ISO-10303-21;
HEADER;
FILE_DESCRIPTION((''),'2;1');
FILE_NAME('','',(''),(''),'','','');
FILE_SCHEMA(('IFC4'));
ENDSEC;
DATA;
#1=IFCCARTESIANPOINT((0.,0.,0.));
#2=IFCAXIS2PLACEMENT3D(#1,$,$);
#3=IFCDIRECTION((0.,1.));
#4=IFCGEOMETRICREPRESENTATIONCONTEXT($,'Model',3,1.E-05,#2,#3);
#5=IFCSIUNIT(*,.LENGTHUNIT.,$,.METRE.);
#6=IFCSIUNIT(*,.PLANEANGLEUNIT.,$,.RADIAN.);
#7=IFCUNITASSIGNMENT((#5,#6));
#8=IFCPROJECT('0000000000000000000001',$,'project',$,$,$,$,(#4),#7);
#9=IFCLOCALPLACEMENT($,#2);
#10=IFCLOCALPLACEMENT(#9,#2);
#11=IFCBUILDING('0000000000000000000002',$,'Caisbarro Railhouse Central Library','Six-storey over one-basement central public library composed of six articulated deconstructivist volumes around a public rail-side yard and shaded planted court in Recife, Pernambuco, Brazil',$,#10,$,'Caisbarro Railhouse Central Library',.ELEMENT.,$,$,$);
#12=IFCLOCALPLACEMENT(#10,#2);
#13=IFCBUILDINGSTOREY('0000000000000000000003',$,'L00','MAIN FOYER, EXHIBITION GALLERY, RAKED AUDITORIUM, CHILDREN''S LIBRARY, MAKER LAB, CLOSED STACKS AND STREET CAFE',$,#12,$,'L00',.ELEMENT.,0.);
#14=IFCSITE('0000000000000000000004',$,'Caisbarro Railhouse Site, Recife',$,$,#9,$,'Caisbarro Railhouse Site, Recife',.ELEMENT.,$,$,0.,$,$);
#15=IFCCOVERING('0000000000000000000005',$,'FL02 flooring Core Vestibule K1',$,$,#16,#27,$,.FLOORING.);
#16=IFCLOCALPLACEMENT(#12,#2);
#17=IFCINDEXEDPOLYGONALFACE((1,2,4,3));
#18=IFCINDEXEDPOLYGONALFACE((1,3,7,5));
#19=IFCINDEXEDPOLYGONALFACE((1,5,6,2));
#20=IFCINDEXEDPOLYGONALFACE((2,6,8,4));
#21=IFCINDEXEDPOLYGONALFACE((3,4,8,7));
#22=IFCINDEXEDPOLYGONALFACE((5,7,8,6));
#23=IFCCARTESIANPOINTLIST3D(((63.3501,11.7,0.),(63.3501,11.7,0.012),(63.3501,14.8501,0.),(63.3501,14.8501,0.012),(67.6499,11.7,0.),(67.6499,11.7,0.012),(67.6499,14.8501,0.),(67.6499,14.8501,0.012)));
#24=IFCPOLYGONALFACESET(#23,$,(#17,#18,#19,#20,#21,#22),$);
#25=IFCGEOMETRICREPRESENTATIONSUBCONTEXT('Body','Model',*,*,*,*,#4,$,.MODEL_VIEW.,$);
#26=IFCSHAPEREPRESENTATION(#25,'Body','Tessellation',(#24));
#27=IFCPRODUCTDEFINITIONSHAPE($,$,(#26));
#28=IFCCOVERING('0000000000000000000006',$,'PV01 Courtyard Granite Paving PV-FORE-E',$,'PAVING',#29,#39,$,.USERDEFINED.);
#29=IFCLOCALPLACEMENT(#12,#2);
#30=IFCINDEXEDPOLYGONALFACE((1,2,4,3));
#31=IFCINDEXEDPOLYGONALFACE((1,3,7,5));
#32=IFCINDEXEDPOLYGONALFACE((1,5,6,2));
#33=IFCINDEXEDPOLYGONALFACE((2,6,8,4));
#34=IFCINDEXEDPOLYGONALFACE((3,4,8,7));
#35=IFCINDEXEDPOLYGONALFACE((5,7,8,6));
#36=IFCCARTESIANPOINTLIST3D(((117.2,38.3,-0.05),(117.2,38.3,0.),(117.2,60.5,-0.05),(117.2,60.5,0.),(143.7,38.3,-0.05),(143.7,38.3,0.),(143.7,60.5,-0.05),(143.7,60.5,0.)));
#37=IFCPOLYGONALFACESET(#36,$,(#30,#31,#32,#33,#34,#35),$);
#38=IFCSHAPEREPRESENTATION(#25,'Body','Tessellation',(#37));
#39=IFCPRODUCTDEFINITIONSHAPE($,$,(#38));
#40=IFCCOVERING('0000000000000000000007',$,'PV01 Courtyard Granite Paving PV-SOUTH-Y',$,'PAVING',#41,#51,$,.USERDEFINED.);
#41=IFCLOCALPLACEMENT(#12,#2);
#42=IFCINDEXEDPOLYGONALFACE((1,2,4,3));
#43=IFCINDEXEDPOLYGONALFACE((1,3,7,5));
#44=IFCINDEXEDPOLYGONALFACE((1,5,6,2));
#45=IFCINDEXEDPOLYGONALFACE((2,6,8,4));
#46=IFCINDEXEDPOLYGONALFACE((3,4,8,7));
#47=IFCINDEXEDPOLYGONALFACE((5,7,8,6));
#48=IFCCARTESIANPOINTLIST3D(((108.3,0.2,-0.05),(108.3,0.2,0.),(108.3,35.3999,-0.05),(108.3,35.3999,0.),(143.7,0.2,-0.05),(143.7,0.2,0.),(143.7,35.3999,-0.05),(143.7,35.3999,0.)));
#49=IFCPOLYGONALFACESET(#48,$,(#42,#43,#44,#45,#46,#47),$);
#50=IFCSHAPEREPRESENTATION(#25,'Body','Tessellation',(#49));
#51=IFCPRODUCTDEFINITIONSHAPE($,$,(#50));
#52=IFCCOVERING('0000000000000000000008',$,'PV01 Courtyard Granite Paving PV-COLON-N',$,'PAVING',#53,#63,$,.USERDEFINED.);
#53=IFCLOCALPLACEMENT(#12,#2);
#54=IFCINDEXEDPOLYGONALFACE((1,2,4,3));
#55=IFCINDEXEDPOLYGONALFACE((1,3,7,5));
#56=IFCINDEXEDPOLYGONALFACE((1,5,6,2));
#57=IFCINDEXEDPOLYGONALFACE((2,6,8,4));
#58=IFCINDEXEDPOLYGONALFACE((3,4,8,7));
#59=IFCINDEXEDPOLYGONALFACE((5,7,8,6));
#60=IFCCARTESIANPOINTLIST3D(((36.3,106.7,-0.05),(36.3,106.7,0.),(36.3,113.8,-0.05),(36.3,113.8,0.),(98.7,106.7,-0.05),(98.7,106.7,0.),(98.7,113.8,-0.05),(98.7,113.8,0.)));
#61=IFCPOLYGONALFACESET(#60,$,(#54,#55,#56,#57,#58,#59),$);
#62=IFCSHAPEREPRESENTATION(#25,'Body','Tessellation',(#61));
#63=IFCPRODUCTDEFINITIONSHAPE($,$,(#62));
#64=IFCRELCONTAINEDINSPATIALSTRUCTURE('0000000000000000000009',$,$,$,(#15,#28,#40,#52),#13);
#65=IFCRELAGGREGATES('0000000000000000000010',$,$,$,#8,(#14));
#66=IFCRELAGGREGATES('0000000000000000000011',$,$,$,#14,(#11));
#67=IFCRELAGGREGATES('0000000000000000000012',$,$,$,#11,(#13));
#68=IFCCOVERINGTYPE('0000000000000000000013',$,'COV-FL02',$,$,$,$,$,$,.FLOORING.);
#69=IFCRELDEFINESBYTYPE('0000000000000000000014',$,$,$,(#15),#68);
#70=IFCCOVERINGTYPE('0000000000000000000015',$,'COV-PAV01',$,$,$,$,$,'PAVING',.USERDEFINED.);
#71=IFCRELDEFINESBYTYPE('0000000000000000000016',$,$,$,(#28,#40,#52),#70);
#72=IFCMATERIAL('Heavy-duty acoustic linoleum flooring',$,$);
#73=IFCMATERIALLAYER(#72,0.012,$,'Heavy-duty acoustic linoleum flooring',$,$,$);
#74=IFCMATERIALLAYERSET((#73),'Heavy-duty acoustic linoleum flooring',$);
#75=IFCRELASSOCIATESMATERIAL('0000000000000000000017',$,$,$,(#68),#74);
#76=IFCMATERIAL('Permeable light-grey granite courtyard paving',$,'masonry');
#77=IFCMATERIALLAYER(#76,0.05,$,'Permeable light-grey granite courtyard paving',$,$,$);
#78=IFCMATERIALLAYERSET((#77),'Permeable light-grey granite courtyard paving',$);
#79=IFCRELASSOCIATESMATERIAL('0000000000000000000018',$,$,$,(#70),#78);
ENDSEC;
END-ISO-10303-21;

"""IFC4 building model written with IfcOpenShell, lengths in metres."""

from ifc_helpers import new_model, si_unit, direction, frame, origin, place, context, subcontext, project, spatial, polyline, outline, extrude, material, layer, layer_set, type_object, element, save


model = new_model("IFC4")

# Units and contexts
model_context = context("Model", 3, precision=1e-05, world=origin(), true_north=direction((0.0, 1.0)))
body_context = subcontext(model_context, "Body", "Model", "MODEL_VIEW")
ifc_project = project(units=[si_unit("LENGTHUNIT", "METRE"), si_unit("PLANEANGLEUNIT", "RADIAN")], contexts=[model_context])

# Site, building, storey
site_placement = place(None, origin())
site = spatial("IfcSite", under=ifc_project, at=site_placement, Name="Caisbarro Railhouse Site, Recife", LongName="Caisbarro Railhouse Site, Recife", CompositionType="ELEMENT", RefElevation=0.0)
building_placement = place(site_placement, origin())
building = spatial("IfcBuilding", under=site, at=building_placement, Name="Caisbarro Railhouse Central Library", Description="Six-storey over one-basement central public library composed of six articulated deconstructivist volumes around a public rail-side yard and shaded planted court in Recife, Pernambuco, Brazil", LongName="Caisbarro Railhouse Central Library", CompositionType="ELEMENT")
storey_placement = place(building_placement, origin())
storey = spatial("IfcBuildingStorey", under=building, at=storey_placement, Name="L00", Description="MAIN FOYER, EXHIBITION GALLERY, RAKED AUDITORIUM, CHILDREN'S LIBRARY, MAKER LAB, CLOSED STACKS AND STREET CAFE", LongName="L00", CompositionType="ELEMENT", Elevation=0.0)

# Coverings
ifc_material_1 = material(Name="Heavy-duty acoustic linoleum flooring")
ifc_layer_1 = layer(ifc_material_1, 0.012, Name="Heavy-duty acoustic linoleum flooring")
ifc_layer_set_1 = layer_set([ifc_layer_1], Name="Heavy-duty acoustic linoleum flooring")
covering_type_1 = type_object("IfcCoveringType", Name="COV-FL02", PredefinedType="FLOORING", material=ifc_layer_set_1)
covering_1_placement = place(storey_placement, origin())
element("IfcCovering", 1, at=covering_1_placement, inside=storey, type_object=covering_type_1, Name="FL02 flooring Core Vestibule K1", PredefinedType="FLOORING", context=body_context, shape_type="SweptSolid", body=[
    extrude(outline(polyline([(63.3501, 11.7), (67.6499, 11.7), (67.6499, 14.8501), (63.3501, 14.8501), (63.3501, 11.7)])), origin(), (0.0, 0.0, 1.0), 0.012),
])
ifc_material_2 = material(Name="Permeable light-grey granite courtyard paving", Category="masonry")
ifc_layer_2 = layer(ifc_material_2, 0.05, Name="Permeable light-grey granite courtyard paving")
ifc_layer_set_2 = layer_set([ifc_layer_2], Name="Permeable light-grey granite courtyard paving")
covering_type_2 = type_object("IfcCoveringType", Name="COV-PAV01", ElementType="PAVING", PredefinedType="USERDEFINED", material=ifc_layer_set_2)
covering_2_placement = place(storey_placement, frame((0.0, 0.0, -0.05)))
element("IfcCovering", 2, at=covering_2_placement, inside=storey, type_object=covering_type_2, Name="PV01 Courtyard Granite Paving PV-FORE-E", ObjectType="PAVING", PredefinedType="USERDEFINED", context=body_context, shape_type="SweptSolid", body=[
    extrude(outline(polyline([(117.2, 38.3), (143.7, 38.3), (143.7, 60.5), (117.2, 60.5), (117.2, 38.3)])), origin(), (0.0, 0.0, 1.0), 0.05),
])
covering_3_placement = place(storey_placement, frame((0.0, 0.0, -0.05)))
element("IfcCovering", 3, at=covering_3_placement, inside=storey, type_object=covering_type_2, Name="PV01 Courtyard Granite Paving PV-SOUTH-Y", ObjectType="PAVING", PredefinedType="USERDEFINED", context=body_context, shape_type="SweptSolid", body=[
    extrude(outline(polyline([(108.3, 0.2), (143.7, 0.2), (143.7, 35.3999), (108.3, 35.3999), (108.3, 0.2)])), origin(), (0.0, 0.0, 1.0), 0.05),
])
covering_4_placement = place(storey_placement, frame((0.0, 0.0, -0.05)))
element("IfcCovering", 4, at=covering_4_placement, inside=storey, type_object=covering_type_2, Name="PV01 Courtyard Granite Paving PV-COLON-N", ObjectType="PAVING", PredefinedType="USERDEFINED", context=body_context, shape_type="SweptSolid", body=[
    extrude(outline(polyline([(36.3, 106.7), (98.7, 106.7), (98.7, 113.8), (36.3, 113.8), (36.3, 106.7)])), origin(), (0.0, 0.0, 1.0), 0.05),
])

save(model, "model.ifc")
